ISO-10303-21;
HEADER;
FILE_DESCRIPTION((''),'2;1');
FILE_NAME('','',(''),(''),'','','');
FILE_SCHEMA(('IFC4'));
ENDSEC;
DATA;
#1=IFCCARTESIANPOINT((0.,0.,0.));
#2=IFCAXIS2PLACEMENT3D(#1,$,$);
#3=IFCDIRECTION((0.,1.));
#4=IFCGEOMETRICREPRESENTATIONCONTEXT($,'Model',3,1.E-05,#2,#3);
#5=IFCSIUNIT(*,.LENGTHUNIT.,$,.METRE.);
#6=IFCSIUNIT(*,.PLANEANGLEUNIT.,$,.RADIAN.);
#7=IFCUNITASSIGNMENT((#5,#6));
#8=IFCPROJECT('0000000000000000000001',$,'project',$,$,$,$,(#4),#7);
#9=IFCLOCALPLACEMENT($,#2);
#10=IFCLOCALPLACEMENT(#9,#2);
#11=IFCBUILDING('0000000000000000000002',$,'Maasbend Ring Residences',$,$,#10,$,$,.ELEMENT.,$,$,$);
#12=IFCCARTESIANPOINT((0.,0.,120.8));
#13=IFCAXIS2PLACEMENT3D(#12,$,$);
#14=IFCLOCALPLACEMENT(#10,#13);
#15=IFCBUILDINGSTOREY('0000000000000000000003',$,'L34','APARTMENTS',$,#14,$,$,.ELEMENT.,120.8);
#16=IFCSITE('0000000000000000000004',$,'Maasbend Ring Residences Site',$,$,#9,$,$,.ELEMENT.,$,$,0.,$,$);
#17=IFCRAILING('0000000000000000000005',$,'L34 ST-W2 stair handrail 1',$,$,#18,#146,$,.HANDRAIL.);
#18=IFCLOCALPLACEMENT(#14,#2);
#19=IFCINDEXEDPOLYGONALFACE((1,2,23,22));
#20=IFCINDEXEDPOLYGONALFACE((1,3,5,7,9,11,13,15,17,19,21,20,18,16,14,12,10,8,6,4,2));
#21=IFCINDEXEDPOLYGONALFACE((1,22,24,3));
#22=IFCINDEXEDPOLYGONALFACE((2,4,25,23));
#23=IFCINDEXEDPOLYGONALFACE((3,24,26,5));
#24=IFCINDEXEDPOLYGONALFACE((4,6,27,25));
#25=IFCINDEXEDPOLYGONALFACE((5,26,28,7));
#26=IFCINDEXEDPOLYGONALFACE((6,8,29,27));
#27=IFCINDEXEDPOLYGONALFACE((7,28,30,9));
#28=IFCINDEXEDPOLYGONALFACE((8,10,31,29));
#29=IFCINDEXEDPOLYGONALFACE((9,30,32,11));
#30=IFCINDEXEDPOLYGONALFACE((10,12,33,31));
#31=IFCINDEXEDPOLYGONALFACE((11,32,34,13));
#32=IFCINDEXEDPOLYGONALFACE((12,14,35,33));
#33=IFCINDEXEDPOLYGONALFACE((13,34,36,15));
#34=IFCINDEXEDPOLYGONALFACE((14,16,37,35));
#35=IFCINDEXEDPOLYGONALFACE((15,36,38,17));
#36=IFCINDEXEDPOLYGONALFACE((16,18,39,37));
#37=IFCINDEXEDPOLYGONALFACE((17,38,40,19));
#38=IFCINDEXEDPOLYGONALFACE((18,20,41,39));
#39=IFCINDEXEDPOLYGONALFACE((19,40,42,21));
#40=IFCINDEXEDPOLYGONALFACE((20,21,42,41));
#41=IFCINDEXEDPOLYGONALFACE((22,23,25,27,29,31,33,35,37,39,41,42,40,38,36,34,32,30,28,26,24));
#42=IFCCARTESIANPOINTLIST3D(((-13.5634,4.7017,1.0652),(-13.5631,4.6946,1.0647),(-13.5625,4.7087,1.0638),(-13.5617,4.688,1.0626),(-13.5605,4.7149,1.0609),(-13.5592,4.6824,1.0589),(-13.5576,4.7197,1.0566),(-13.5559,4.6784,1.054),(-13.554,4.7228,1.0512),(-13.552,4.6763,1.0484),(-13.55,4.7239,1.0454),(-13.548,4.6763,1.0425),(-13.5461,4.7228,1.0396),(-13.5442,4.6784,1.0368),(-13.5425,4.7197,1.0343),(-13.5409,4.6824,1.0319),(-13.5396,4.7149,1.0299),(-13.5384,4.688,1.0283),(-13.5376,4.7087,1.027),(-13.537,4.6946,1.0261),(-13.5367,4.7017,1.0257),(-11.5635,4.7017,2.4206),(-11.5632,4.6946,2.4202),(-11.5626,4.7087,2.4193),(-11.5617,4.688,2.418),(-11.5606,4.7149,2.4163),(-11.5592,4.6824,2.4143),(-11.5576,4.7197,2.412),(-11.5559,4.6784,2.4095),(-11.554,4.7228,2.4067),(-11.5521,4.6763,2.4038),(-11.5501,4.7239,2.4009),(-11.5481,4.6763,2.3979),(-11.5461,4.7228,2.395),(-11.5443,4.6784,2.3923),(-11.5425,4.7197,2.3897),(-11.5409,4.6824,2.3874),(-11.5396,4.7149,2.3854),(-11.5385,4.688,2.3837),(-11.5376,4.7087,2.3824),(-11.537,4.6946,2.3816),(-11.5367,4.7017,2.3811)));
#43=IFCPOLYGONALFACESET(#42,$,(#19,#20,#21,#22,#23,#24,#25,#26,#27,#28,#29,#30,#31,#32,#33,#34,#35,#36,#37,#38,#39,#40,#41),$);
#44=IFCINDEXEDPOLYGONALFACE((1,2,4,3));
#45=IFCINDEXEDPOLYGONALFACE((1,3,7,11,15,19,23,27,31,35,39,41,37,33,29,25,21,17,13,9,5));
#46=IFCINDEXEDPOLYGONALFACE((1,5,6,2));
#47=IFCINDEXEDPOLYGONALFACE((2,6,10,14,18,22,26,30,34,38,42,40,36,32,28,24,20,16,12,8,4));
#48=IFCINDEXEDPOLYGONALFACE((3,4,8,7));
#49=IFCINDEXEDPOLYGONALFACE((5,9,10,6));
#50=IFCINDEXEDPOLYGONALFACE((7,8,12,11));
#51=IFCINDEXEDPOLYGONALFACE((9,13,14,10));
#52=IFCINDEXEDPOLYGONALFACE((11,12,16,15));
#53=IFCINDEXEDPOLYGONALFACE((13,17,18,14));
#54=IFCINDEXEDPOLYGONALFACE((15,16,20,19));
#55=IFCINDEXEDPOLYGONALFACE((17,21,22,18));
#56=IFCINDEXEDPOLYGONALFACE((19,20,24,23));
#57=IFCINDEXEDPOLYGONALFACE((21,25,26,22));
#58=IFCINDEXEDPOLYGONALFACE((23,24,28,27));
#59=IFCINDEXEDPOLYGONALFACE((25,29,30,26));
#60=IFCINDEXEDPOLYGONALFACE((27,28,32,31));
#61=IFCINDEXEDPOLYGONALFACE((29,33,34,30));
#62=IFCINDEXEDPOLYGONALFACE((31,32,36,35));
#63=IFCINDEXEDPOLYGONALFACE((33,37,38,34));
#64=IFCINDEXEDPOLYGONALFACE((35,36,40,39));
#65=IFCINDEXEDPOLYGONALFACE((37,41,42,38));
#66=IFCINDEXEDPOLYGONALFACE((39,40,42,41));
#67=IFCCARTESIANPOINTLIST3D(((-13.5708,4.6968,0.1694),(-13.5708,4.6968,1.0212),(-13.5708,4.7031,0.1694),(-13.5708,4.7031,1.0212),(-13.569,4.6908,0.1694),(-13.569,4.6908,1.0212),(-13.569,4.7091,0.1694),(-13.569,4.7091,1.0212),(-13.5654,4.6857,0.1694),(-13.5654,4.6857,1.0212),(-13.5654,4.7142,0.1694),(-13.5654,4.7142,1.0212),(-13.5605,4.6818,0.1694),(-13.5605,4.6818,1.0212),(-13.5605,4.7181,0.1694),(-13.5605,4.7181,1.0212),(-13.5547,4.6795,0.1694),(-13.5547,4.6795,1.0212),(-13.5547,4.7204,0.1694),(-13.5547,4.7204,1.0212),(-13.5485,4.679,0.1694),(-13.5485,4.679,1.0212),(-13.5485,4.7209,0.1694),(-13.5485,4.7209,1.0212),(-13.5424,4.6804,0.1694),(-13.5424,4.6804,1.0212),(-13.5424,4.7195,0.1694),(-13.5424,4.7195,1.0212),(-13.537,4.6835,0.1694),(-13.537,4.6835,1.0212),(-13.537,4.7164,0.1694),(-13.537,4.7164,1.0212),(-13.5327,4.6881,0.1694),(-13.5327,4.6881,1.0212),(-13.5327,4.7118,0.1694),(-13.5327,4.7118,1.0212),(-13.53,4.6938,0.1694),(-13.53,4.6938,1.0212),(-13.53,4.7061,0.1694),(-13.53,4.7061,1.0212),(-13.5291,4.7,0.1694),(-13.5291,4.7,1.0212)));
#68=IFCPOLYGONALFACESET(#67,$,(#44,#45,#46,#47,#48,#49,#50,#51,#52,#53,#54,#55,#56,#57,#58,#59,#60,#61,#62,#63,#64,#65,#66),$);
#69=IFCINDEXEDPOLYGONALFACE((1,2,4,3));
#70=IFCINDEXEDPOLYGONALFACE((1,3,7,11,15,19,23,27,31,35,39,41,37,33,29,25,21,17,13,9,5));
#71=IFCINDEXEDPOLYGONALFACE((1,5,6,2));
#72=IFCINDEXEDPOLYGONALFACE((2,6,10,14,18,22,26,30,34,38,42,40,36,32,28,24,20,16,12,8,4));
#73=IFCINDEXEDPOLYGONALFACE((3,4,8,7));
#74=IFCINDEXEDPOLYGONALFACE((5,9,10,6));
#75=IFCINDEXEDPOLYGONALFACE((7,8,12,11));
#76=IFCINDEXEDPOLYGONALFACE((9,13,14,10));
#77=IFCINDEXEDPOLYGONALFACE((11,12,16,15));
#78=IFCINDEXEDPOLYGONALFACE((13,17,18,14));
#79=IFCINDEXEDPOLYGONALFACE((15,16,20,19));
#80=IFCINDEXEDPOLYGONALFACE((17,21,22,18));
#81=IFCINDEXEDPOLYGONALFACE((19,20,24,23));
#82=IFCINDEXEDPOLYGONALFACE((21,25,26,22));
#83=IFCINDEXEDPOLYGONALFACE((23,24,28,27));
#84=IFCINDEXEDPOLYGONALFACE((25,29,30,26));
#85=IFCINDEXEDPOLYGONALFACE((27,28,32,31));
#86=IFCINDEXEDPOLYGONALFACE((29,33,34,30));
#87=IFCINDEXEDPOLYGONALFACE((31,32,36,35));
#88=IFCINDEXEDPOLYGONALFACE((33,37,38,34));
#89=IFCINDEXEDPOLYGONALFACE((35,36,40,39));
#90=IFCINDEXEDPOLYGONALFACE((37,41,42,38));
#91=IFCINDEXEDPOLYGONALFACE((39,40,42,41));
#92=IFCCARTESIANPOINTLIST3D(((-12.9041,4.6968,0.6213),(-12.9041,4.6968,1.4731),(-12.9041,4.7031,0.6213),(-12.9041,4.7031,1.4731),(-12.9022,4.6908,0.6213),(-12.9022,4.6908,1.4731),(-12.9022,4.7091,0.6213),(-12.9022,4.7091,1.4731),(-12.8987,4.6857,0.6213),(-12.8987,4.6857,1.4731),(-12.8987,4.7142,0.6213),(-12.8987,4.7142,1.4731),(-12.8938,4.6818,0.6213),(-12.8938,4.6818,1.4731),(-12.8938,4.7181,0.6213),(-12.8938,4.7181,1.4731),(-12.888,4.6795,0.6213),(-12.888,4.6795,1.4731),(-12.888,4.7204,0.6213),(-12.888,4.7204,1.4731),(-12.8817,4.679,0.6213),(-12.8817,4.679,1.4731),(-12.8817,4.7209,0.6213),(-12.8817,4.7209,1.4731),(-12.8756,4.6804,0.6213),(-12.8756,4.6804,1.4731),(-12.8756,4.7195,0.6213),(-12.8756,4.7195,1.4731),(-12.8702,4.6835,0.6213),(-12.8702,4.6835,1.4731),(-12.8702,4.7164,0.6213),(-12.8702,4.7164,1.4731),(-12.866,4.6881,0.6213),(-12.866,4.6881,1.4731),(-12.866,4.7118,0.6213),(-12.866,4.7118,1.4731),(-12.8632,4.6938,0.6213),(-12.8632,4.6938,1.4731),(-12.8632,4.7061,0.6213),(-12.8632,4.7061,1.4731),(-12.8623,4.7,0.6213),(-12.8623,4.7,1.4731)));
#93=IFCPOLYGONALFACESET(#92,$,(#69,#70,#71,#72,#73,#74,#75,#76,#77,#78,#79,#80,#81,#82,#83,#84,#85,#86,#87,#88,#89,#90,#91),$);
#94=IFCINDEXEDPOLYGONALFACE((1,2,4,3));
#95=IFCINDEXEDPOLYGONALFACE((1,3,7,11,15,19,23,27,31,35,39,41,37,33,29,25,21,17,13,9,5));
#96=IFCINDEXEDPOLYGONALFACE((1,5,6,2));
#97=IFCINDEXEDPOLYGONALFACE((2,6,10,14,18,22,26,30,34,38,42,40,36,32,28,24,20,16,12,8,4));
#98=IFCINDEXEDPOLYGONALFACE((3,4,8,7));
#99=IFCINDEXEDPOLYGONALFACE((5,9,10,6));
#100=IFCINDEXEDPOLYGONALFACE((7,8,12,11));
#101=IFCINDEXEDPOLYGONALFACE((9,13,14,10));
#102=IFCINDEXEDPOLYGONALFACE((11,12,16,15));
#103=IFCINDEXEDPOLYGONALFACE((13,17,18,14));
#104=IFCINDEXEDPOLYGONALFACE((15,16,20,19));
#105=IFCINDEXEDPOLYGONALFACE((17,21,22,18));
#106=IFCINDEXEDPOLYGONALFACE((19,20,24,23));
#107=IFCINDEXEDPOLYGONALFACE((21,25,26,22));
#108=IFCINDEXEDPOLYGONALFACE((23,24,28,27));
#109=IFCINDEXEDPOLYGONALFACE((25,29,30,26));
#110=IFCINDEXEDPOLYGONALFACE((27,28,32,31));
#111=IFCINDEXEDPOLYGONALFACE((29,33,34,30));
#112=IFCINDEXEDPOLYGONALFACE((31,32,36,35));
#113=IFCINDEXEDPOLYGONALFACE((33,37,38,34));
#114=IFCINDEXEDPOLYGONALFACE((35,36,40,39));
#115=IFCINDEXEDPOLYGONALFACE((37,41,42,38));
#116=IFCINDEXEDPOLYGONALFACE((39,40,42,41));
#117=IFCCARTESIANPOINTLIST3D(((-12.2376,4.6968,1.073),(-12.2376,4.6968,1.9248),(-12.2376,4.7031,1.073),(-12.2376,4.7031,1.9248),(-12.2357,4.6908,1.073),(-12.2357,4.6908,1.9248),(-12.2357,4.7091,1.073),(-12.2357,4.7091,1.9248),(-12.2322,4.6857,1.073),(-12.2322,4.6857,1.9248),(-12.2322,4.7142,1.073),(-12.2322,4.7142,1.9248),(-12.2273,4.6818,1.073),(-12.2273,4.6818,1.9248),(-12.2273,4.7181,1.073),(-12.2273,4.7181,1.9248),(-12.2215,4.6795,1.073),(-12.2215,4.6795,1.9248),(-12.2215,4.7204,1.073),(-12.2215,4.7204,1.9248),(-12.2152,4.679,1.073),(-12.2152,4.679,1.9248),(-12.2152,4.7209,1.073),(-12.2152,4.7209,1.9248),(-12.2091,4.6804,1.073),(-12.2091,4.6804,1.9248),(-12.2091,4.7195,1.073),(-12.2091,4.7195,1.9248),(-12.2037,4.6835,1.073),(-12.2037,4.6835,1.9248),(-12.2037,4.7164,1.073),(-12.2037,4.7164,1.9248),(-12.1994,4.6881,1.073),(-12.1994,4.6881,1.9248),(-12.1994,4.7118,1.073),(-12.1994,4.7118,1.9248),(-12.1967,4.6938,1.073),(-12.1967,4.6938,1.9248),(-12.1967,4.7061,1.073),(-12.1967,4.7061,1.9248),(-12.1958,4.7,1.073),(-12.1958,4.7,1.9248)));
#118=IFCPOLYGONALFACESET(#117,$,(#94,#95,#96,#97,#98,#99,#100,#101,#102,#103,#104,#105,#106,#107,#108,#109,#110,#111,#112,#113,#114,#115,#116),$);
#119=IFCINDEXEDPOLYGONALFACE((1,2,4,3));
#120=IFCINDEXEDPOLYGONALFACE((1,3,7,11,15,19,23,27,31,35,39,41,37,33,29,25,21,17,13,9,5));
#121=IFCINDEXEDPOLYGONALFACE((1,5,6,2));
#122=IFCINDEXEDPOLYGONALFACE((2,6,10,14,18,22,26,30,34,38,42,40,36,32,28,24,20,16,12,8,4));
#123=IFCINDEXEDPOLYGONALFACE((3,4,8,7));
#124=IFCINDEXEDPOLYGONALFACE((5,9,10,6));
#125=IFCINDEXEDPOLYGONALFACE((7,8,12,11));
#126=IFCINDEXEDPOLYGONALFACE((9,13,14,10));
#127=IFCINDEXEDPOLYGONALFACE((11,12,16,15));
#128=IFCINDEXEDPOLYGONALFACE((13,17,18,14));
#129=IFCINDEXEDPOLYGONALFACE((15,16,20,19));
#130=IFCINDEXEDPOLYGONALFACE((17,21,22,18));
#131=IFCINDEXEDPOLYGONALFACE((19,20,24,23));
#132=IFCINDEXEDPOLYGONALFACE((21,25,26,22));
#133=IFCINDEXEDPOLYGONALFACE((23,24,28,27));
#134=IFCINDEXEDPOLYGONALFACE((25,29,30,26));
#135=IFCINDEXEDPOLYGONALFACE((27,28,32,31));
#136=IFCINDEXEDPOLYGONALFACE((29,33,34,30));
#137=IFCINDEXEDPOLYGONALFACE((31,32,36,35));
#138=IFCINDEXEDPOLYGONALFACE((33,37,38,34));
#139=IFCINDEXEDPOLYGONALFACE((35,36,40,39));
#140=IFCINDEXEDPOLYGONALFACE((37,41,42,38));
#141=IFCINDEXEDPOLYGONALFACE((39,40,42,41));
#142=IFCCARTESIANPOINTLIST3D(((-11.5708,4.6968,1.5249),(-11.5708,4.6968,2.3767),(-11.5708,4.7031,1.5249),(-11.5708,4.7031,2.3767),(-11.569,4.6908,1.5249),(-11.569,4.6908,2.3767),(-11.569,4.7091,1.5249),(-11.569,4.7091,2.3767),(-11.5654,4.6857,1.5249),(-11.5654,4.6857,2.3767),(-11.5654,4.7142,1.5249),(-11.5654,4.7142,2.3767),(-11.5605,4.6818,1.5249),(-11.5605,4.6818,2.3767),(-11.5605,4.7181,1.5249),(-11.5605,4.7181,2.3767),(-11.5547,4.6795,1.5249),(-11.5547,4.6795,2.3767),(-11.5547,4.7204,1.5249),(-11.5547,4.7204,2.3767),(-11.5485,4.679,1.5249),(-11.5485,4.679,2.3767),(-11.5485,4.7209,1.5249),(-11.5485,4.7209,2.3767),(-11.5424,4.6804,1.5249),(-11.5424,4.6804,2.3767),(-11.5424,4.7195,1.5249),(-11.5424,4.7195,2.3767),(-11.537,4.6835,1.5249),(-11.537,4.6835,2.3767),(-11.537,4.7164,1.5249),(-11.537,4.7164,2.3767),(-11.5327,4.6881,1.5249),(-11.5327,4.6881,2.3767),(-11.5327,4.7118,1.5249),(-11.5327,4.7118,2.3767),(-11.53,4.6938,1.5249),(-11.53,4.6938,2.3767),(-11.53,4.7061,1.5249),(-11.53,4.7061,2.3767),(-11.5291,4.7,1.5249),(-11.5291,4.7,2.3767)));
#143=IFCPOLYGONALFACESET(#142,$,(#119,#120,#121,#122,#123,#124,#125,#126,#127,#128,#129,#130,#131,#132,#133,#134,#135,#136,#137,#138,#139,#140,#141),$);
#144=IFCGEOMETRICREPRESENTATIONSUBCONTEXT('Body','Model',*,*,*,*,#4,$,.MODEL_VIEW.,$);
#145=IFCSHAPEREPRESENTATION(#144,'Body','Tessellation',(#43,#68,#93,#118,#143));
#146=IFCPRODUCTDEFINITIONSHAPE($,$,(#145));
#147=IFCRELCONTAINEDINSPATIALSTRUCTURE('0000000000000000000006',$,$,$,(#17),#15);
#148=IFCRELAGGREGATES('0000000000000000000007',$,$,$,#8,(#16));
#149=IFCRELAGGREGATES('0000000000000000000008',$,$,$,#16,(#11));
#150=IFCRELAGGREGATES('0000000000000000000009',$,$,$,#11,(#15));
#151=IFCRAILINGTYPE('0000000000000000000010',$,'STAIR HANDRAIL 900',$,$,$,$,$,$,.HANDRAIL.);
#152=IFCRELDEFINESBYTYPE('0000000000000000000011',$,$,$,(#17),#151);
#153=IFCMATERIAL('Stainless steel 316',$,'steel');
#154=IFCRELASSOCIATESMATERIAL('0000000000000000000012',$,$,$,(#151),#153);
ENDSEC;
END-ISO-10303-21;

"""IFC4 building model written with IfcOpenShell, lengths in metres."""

from ifc_helpers import new_model, si_unit, direction, frame, origin, origin_2d, place, context, subcontext, project, spatial, circle, extrude, material, type_object, element, save


model = new_model("IFC4")

# Units and contexts
model_context = context("Model", 3, precision=1e-05, world=origin(), true_north=direction((0.0, 1.0)))
body_context = subcontext(model_context, "Body", "Model", "MODEL_VIEW")
ifc_project = project(units=[si_unit("LENGTHUNIT", "METRE"), si_unit("PLANEANGLEUNIT", "RADIAN")], contexts=[model_context])

# Site, building, storey
site_placement = place(None, origin())
site = spatial("IfcSite", under=ifc_project, at=site_placement, Name="Maasbend Ring Residences Site", CompositionType="ELEMENT", RefElevation=0.0)
building_placement = place(site_placement, origin())
building = spatial("IfcBuilding", under=site, at=building_placement, Name="Maasbend Ring Residences", CompositionType="ELEMENT")
storey_placement = place(building_placement, frame((0.0, 0.0, 120.8)))
storey = spatial("IfcBuildingStorey", under=building, at=storey_placement, Name="L34", Description="APARTMENTS", CompositionType="ELEMENT", Elevation=120.8)

# Railing
ifc_material_1 = material(Name="Stainless steel 316", Category="steel")
railing_type_1 = type_object("IfcRailingType", Name="STAIR HANDRAIL 900", PredefinedType="HANDRAIL", material=ifc_material_1)
railing_1_placement = place(storey_placement, frame((-13.55, 4.7, 0.1694)))
element("IfcRailing", 1, at=railing_1_placement, inside=storey, type_object=railing_type_1, Name="L34 ST-W2 stair handrail 1", PredefinedType="HANDRAIL", context=body_context, shape_type="SweptSolid", body=[
    extrude(circle(Radius=0.0239, at=origin_2d()), frame((0.0, 0.0, 0.876), z_axis=(0.827798, 0.0, 0.561027), x_axis=(0.0, 1.0, 0.0)), (0.0, 0.0, 1.0), 2.416),
    extrude(circle(Radius=0.021, at=origin_2d()), origin(), (0.0, 0.0, 1.0), 0.8518),
    extrude(circle(Radius=0.021, at=origin_2d()), frame((0.6667, 0.0, 0.4519)), (0.0, 0.0, 1.0), 0.8518),
    extrude(circle(Radius=0.021, at=origin_2d()), frame((1.3333, 0.0, 0.9036)), (0.0, 0.0, 1.0), 0.8518),
    extrude(circle(Radius=0.021, at=origin_2d()), frame((2.0, 0.0, 1.3555)), (0.0, 0.0, 1.0), 0.8518),
])

save(model, "model.ifc")
